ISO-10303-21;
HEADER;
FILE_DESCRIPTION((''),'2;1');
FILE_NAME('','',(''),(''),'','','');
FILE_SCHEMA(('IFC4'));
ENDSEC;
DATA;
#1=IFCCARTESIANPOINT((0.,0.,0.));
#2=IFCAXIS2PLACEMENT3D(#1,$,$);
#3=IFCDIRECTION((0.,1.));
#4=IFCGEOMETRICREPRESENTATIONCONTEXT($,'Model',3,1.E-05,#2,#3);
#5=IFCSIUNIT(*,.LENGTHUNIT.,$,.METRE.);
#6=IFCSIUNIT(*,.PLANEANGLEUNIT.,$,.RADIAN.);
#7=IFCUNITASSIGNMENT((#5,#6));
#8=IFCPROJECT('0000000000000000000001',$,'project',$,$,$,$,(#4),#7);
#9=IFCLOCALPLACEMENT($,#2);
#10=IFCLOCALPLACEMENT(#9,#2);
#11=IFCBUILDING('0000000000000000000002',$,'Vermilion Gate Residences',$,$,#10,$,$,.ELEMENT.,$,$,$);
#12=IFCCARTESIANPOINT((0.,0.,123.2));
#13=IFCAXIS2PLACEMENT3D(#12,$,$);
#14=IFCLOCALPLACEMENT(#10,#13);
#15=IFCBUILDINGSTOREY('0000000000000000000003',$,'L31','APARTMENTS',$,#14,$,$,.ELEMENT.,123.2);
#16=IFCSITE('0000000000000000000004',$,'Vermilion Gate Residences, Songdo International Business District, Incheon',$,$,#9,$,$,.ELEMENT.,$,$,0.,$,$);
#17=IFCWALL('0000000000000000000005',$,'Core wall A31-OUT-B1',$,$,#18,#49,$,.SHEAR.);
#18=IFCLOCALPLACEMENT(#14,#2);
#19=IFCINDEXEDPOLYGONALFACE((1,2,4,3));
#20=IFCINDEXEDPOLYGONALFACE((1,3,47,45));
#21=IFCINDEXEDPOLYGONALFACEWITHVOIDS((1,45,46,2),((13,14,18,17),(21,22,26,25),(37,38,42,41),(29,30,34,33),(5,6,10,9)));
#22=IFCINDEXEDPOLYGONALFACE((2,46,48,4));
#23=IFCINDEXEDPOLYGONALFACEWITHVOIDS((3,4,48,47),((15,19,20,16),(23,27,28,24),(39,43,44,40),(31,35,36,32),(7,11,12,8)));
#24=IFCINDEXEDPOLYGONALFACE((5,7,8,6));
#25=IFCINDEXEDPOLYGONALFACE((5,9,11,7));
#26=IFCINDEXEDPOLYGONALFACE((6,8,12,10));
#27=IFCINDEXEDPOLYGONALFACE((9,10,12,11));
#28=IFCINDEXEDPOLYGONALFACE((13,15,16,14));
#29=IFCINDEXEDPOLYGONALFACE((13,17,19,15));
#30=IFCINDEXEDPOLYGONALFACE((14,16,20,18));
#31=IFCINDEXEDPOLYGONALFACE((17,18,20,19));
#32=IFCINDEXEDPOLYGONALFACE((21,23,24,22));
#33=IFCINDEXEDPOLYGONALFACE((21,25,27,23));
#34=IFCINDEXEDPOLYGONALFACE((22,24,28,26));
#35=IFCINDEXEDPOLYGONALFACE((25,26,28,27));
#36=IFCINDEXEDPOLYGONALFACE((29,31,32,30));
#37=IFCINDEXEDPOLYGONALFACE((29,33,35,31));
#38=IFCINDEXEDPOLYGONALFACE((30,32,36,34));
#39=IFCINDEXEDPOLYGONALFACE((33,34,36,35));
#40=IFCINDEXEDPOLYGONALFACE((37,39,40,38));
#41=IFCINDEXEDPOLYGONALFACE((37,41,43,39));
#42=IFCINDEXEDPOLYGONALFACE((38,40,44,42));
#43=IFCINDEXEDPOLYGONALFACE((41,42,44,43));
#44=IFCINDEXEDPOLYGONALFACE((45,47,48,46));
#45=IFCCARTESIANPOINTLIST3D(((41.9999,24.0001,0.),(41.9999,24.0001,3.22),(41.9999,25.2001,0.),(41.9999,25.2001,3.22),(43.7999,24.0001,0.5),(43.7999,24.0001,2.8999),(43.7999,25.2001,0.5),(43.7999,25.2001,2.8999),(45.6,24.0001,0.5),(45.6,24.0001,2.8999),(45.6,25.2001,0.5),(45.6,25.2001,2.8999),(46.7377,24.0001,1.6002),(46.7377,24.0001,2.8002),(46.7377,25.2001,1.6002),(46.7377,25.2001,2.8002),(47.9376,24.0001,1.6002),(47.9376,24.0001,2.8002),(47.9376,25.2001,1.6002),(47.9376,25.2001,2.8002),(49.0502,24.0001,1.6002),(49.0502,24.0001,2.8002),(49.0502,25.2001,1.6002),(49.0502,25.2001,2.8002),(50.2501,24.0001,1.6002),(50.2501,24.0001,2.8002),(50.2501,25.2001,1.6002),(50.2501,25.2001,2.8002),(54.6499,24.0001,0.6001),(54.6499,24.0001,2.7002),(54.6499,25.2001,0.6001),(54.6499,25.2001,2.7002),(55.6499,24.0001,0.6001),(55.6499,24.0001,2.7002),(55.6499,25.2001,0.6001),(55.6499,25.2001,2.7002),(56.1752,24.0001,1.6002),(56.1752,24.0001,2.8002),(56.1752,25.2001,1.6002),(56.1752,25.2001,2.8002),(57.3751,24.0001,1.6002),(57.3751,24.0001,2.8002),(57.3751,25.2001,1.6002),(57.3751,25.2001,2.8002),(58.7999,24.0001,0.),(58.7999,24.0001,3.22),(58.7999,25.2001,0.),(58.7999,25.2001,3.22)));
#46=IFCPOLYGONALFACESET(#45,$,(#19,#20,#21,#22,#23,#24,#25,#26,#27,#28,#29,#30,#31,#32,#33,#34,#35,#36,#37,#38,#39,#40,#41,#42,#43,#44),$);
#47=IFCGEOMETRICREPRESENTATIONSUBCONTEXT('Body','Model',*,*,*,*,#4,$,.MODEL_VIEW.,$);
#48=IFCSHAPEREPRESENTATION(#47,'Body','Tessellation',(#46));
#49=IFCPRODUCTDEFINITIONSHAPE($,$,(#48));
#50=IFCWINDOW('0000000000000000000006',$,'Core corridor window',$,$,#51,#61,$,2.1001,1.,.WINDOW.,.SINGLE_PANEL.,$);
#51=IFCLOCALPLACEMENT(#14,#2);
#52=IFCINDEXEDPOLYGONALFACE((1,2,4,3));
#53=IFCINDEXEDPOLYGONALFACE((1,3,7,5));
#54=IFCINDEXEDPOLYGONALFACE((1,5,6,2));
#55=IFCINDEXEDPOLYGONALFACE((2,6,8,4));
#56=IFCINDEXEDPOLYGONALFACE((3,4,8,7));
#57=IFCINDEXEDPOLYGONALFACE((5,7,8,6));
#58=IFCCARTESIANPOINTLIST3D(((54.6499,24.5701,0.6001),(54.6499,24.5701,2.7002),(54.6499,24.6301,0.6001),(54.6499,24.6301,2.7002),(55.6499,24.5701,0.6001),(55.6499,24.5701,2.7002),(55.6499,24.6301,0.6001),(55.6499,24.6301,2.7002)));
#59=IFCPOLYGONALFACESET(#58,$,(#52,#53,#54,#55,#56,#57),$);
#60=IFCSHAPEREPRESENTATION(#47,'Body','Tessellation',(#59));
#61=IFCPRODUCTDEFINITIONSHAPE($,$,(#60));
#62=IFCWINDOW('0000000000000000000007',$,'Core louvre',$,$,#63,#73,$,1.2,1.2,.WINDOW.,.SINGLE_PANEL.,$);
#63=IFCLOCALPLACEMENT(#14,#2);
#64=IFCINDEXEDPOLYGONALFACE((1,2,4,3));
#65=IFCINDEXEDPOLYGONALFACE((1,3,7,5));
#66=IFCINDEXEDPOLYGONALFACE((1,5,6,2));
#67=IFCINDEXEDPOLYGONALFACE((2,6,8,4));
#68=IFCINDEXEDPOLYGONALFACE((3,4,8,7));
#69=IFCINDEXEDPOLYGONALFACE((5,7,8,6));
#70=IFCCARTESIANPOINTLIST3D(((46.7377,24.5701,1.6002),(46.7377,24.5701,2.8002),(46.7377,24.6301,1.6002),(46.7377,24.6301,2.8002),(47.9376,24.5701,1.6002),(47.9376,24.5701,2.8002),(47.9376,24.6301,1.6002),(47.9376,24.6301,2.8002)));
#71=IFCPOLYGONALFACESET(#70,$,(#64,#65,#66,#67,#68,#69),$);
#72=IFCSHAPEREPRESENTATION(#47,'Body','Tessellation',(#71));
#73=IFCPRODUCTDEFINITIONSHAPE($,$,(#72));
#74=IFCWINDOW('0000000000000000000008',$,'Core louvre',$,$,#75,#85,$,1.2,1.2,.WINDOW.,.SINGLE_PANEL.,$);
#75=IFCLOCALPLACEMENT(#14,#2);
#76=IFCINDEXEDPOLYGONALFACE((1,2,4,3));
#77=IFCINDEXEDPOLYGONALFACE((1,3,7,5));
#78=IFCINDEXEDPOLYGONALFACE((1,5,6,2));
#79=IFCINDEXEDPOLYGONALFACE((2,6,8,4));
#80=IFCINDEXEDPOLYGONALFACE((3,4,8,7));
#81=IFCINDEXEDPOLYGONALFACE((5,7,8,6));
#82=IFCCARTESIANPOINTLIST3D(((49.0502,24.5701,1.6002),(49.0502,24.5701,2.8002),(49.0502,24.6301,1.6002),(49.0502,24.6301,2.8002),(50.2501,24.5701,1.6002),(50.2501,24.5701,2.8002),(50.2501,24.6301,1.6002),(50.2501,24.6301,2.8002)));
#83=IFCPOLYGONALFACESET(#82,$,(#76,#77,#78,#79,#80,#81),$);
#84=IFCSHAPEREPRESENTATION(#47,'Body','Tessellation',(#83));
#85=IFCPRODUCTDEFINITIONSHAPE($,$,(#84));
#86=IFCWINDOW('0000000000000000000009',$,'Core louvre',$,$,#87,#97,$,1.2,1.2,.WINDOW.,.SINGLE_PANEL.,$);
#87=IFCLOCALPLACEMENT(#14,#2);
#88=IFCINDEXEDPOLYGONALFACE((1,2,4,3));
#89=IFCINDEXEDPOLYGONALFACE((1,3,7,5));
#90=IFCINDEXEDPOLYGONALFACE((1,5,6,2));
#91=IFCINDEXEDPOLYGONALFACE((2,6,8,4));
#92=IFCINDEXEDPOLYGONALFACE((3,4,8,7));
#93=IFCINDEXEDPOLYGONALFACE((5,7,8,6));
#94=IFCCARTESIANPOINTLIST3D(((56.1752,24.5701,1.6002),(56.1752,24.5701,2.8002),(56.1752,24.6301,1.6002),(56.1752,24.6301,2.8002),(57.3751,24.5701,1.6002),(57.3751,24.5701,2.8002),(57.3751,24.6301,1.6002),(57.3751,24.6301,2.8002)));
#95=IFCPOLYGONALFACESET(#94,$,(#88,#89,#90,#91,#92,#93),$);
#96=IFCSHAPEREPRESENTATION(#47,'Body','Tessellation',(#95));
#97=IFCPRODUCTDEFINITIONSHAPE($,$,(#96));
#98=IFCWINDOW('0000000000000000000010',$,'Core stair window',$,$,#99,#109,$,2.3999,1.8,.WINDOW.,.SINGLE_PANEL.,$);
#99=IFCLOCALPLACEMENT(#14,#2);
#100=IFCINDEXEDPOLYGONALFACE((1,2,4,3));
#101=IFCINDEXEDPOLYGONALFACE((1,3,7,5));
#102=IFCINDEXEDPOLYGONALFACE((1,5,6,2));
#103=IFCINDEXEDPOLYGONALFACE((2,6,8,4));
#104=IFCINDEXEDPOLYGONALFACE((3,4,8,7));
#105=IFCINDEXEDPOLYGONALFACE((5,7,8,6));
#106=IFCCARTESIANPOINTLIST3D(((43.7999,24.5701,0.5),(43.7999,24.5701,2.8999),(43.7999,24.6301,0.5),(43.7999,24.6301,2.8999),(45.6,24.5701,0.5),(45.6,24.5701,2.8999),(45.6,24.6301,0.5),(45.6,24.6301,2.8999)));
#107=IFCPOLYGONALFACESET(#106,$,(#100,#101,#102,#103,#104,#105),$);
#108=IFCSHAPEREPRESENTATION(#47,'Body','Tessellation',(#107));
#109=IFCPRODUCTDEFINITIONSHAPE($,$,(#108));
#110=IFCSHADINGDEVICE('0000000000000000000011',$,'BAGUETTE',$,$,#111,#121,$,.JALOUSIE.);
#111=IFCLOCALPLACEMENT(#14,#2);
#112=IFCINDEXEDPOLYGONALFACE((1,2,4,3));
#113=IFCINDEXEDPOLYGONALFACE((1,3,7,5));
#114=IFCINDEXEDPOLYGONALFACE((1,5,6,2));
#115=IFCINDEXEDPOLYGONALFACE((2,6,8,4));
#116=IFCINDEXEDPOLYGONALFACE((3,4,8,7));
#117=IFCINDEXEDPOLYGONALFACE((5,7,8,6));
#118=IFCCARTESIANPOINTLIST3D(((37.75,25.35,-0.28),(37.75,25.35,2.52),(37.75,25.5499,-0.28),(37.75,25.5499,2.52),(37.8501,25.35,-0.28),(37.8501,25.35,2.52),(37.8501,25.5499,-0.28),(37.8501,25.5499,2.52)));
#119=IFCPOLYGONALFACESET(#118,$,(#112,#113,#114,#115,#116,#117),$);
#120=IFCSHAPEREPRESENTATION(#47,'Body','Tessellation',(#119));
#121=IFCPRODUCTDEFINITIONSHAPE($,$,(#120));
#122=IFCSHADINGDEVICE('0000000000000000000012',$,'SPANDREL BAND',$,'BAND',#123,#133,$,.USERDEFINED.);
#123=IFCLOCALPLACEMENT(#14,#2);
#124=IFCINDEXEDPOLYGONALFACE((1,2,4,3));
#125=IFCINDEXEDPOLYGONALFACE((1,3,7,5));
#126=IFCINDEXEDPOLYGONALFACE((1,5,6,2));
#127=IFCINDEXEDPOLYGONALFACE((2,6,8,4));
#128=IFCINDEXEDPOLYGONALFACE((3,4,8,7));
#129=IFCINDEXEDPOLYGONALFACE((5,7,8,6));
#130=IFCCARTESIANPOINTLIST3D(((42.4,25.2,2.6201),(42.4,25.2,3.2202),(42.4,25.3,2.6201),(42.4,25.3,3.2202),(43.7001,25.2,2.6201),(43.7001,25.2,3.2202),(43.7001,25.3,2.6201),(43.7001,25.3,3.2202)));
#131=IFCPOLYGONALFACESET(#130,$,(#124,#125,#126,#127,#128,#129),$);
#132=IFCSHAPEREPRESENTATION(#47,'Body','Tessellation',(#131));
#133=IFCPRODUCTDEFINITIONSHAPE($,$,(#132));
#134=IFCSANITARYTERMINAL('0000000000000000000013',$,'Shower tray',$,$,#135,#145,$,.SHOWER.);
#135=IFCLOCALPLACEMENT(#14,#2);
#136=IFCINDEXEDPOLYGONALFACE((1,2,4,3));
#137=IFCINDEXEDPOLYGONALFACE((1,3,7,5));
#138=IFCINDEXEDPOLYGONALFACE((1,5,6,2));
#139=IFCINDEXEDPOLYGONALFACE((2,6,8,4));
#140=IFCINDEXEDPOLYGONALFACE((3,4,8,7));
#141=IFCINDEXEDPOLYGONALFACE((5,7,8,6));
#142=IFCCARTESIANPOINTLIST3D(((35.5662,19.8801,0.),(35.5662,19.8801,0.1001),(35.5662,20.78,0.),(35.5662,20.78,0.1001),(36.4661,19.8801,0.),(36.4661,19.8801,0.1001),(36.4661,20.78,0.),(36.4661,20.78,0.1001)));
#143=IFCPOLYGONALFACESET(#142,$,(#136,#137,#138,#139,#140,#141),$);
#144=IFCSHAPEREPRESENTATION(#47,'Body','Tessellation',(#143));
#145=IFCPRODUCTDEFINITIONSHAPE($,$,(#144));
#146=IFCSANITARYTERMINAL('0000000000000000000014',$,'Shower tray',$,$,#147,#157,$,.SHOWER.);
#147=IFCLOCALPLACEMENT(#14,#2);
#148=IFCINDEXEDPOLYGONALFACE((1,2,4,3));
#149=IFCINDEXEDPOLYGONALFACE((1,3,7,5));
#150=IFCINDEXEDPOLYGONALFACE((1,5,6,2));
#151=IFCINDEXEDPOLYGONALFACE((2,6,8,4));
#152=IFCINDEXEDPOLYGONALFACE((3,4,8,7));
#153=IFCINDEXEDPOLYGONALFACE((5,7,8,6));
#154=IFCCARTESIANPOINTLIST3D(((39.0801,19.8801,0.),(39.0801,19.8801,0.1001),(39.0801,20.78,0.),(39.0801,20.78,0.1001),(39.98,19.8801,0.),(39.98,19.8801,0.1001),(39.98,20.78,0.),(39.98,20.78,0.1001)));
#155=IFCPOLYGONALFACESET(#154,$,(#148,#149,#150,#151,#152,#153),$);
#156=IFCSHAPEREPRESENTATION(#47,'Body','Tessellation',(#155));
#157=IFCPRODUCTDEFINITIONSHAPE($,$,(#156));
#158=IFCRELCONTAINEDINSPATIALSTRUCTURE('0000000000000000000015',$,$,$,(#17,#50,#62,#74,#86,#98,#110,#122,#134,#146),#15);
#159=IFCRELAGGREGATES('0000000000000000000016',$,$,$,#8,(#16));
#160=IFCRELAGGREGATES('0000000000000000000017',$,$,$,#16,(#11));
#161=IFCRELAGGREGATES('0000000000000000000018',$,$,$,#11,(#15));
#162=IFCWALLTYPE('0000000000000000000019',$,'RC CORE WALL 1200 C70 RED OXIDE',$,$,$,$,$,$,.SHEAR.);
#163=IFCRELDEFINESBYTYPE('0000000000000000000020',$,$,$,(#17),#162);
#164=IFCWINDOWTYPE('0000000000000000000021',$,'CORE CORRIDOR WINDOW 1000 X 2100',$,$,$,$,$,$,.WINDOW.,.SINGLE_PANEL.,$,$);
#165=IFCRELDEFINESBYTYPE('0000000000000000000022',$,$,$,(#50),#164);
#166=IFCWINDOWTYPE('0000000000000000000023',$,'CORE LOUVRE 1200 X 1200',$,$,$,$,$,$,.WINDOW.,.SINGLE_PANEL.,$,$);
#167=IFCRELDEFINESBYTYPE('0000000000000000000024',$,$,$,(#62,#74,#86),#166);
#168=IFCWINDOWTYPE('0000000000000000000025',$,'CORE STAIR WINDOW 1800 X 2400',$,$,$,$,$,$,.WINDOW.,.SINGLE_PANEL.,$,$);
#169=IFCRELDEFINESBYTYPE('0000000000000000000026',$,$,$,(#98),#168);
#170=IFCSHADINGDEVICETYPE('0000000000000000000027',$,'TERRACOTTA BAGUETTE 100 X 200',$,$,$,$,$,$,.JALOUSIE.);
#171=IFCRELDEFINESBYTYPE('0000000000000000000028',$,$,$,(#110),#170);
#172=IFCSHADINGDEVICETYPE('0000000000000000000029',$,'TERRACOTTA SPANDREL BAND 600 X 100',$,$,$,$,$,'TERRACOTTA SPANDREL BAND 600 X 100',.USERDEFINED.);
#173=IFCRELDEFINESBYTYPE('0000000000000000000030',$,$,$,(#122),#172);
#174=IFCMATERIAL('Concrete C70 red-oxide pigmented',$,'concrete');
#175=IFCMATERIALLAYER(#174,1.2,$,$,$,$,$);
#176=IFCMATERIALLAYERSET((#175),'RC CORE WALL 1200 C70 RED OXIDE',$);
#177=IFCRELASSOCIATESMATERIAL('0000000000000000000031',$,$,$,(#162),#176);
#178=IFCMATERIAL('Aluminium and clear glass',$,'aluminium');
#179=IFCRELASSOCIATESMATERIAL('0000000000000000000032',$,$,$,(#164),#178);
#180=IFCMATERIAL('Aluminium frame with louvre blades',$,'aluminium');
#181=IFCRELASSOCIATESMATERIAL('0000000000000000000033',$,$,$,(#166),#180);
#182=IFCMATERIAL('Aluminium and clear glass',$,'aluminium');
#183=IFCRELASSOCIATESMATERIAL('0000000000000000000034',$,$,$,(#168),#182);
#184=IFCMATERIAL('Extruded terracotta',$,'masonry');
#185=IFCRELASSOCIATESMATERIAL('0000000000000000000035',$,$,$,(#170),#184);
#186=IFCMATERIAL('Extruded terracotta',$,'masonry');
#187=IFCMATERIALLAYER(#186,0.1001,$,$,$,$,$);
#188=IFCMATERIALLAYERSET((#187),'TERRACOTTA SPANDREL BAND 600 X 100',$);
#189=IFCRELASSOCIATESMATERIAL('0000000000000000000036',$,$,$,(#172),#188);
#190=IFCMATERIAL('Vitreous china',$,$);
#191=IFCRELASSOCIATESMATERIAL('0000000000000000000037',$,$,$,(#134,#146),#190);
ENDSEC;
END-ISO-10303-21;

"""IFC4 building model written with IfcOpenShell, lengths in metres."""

from ifc_helpers import new_model, si_unit, direction, frame, frame_2d, origin, origin_2d, place, context, subcontext, project, spatial, rectangle, extrude, material, layer, layer_set, material_profile, profile_set, type_object, element, fill, save


model = new_model("IFC4")

# Units and contexts
model_context = context("Model", 3, precision=1e-05, world=origin(), true_north=direction((0.0, 1.0)))
body_context = subcontext(model_context, "Body", "Model", "MODEL_VIEW")
ifc_project = project(units=[si_unit("LENGTHUNIT", "METRE"), si_unit("PLANEANGLEUNIT", "RADIAN")], contexts=[model_context])

# Site, building, storey
site_placement = place(None, origin())
site = spatial("IfcSite", under=ifc_project, at=site_placement, Name="Vermilion Gate Residences, Songdo International Business District, Incheon", CompositionType="ELEMENT", RefElevation=0.0)
building_placement = place(site_placement, origin())
building = spatial("IfcBuilding", under=site, at=building_placement, Name="Vermilion Gate Residences", CompositionType="ELEMENT")
storey_placement = place(building_placement, frame((0.0, 0.0, 123.2)))
storey = spatial("IfcBuildingStorey", under=building, at=storey_placement, Name="L31", Description="APARTMENTS", CompositionType="ELEMENT", Elevation=123.2)

# Wall, openings, windows
ifc_material_1 = material(Name="Concrete C70 red-oxide pigmented", Category="concrete")
ifc_layer_1 = layer(ifc_material_1, 1.2)
ifc_layer_set_1 = layer_set([ifc_layer_1], Name="RC CORE WALL 1200 C70 RED OXIDE")
wall_type_1 = type_object("IfcWallType", Name="RC CORE WALL 1200 C70 RED OXIDE", PredefinedType="SHEAR", material=ifc_layer_set_1)
wall_1_placement = place(storey_placement, frame((42.0, 24.6001, 0.0), z_axis=(0.0, 0.0, 1.0), x_axis=(1.0, 0.0, 0.0)))
wall_1 = element("IfcWall", 1, at=wall_1_placement, inside=storey, type_object=wall_type_1, Name="Core wall A31-OUT-B1", PredefinedType="SHEAR", context=body_context, shape_type="SweptSolid", body=[
    extrude(rectangle(XDim=16.8, YDim=1.2, at=frame_2d((8.3999, 0.0))), origin(), (0.0, 0.0, 1.0), 3.22),
])
opening_1_placement = place(wall_1_placement, frame((1.8, 0.0, 0.5)))
opening_1 = element("IfcOpeningElement", 2, at=opening_1_placement, cuts=wall_1, PredefinedType="OPENING", context=body_context, shape_type="SweptSolid", body=[
    extrude(rectangle(XDim=1.8, YDim=2.3999, at=frame_2d((0.8999, 1.2))), frame((0.0, 0.6099, 0.0), z_axis=(0.0, -1.0, 0.0), x_axis=(1.0, 0.0, 0.0)), (0.0, 0.0, 1.0), 1.22),
])
opening_2_placement = place(wall_1_placement, frame((4.7375, 0.0, 1.6001)))
opening_2 = element("IfcOpeningElement", 3, at=opening_2_placement, cuts=wall_1, PredefinedType="OPENING", context=body_context, shape_type="SweptSolid", body=[
    extrude(rectangle(XDim=1.2, YDim=1.2, at=frame_2d((0.6001, 0.6001))), frame((0.0, 0.6099, 0.0), z_axis=(0.0, -1.0, 0.0), x_axis=(1.0, 0.0, 0.0)), (0.0, 0.0, 1.0), 1.22),
])
opening_3_placement = place(wall_1_placement, frame((7.05, 0.0, 1.6001)))
opening_3 = element("IfcOpeningElement", 4, at=opening_3_placement, cuts=wall_1, PredefinedType="OPENING", context=body_context, shape_type="SweptSolid", body=[
    extrude(rectangle(XDim=1.2, YDim=1.2, at=frame_2d((0.6001, 0.6001))), frame((0.0, 0.6099, 0.0), z_axis=(0.0, -1.0, 0.0), x_axis=(1.0, 0.0, 0.0)), (0.0, 0.0, 1.0), 1.22),
])
opening_4_placement = place(wall_1_placement, frame((12.6499, 0.0, 0.6001)))
opening_4 = element("IfcOpeningElement", 5, at=opening_4_placement, cuts=wall_1, PredefinedType="OPENING", context=body_context, shape_type="SweptSolid", body=[
    extrude(rectangle(XDim=1.0, YDim=2.1001, at=frame_2d((0.5, 1.05))), frame((0.0, 0.6099, 0.0), z_axis=(0.0, -1.0, 0.0), x_axis=(1.0, 0.0, 0.0)), (0.0, 0.0, 1.0), 1.22),
])
opening_5_placement = place(wall_1_placement, frame((14.175, 0.0, 1.6001)))
opening_5 = element("IfcOpeningElement", 6, at=opening_5_placement, cuts=wall_1, PredefinedType="OPENING", context=body_context, shape_type="SweptSolid", body=[
    extrude(rectangle(XDim=1.2, YDim=1.2, at=frame_2d((0.6001, 0.6001))), frame((0.0, 0.6099, 0.0), z_axis=(0.0, -1.0, 0.0), x_axis=(1.0, 0.0, 0.0)), (0.0, 0.0, 1.0), 1.22),
])
ifc_material_2 = material(Name="Aluminium and clear glass", Category="aluminium")
window_type_1 = type_object("IfcWindowType", Name="CORE CORRIDOR WINDOW 1000 X 2100", PartitioningType="SINGLE_PANEL", PredefinedType="WINDOW", material=ifc_material_2)
window_1_placement = place(opening_4_placement, origin())
window_1 = element("IfcWindow", 7, at=window_1_placement, inside=storey, type_object=window_type_1, Name="Core corridor window", OverallHeight=2.1001, OverallWidth=1.0, PartitioningType="SINGLE_PANEL", PredefinedType="WINDOW", context=body_context, shape_type="SweptSolid", body=[
    extrude(rectangle(XDim=1.0, YDim=2.1001, at=frame_2d((0.5, 1.05))), frame((0.0, 0.03, 0.0), z_axis=(0.0, -1.0, 0.0), x_axis=(1.0, 0.0, 0.0)), (0.0, 0.0, 1.0), 0.0601),
])
fill(opening_4, window_1)
ifc_material_3 = material(Name="Aluminium frame with louvre blades", Category="aluminium")
window_type_2 = type_object("IfcWindowType", Name="CORE LOUVRE 1200 X 1200", PartitioningType="SINGLE_PANEL", PredefinedType="WINDOW", material=ifc_material_3)
window_2_placement = place(opening_2_placement, origin())
window_2 = element("IfcWindow", 8, at=window_2_placement, inside=storey, type_object=window_type_2, Name="Core louvre", OverallHeight=1.2, OverallWidth=1.2, PartitioningType="SINGLE_PANEL", PredefinedType="WINDOW", context=body_context, shape_type="SweptSolid", body=[
    extrude(rectangle(XDim=1.2, YDim=1.2, at=frame_2d((0.6001, 0.6001))), frame((0.0, 0.03, 0.0), z_axis=(0.0, -1.0, 0.0), x_axis=(1.0, 0.0, 0.0)), (0.0, 0.0, 1.0), 0.0601),
])
fill(opening_2, window_2)
window_3_placement = place(opening_3_placement, origin())
window_3 = element("IfcWindow", 9, at=window_3_placement, inside=storey, type_object=window_type_2, Name="Core louvre", OverallHeight=1.2, OverallWidth=1.2, PartitioningType="SINGLE_PANEL", PredefinedType="WINDOW", context=body_context, shape_type="SweptSolid", body=[
    extrude(rectangle(XDim=1.2, YDim=1.2, at=frame_2d((0.6001, 0.6001))), frame((0.0, 0.03, 0.0), z_axis=(0.0, -1.0, 0.0), x_axis=(1.0, 0.0, 0.0)), (0.0, 0.0, 1.0), 0.0601),
])
fill(opening_3, window_3)
window_4_placement = place(opening_5_placement, origin())
window_4 = element("IfcWindow", 10, at=window_4_placement, inside=storey, type_object=window_type_2, Name="Core louvre", OverallHeight=1.2, OverallWidth=1.2, PartitioningType="SINGLE_PANEL", PredefinedType="WINDOW", context=body_context, shape_type="SweptSolid", body=[
    extrude(rectangle(XDim=1.2, YDim=1.2, at=frame_2d((0.6001, 0.6001))), frame((0.0, 0.03, 0.0), z_axis=(0.0, -1.0, 0.0), x_axis=(1.0, 0.0, 0.0)), (0.0, 0.0, 1.0), 0.0601),
])
fill(opening_5, window_4)
ifc_material_4 = material(Name="Aluminium and clear glass", Category="aluminium")
window_type_3 = type_object("IfcWindowType", Name="CORE STAIR WINDOW 1800 X 2400", PartitioningType="SINGLE_PANEL", PredefinedType="WINDOW", material=ifc_material_4)
window_5_placement = place(opening_1_placement, origin())
window_5 = element("IfcWindow", 11, at=window_5_placement, inside=storey, type_object=window_type_3, Name="Core stair window", OverallHeight=2.3999, OverallWidth=1.8, PartitioningType="SINGLE_PANEL", PredefinedType="WINDOW", context=body_context, shape_type="SweptSolid", body=[
    extrude(rectangle(XDim=1.8, YDim=2.3999, at=frame_2d((0.8999, 1.2))), frame((0.0, 0.03, 0.0), z_axis=(0.0, -1.0, 0.0), x_axis=(1.0, 0.0, 0.0)), (0.0, 0.0, 1.0), 0.0601),
])
fill(opening_1, window_5)

# Shading devices
ifc_material_5 = material(Name="Extruded terracotta", Category="masonry")
ifc_material_profile_1 = material_profile(ifc_material_5, rectangle(XDim=0.2, YDim=0.1001, at=origin_2d()), Name="BAGUETTE 100 X 200")
ifc_profile_set_1 = profile_set([ifc_material_profile_1], Name="Extruded terracotta")
shading_device_type_1 = type_object("IfcShadingDeviceType", Name="TERRACOTTA BAGUETTE 100 X 200", PredefinedType="JALOUSIE", material=ifc_profile_set_1)
shading_device_1_placement = place(storey_placement, frame((37.8, 25.45, -0.28), z_axis=(0.0, 0.0, 1.0), x_axis=(0.0, -1.0, 0.0)))
element("IfcShadingDevice", 12, at=shading_device_1_placement, inside=storey, type_object=shading_device_type_1, Name="BAGUETTE", PredefinedType="JALOUSIE", context=body_context, shape_type="SweptSolid", body=[
    extrude(rectangle(XDim=0.2, YDim=0.1001, at=origin_2d()), origin(), (0.0, 0.0, 1.0), 2.8),
])
ifc_material_6 = material(Name="Extruded terracotta", Category="masonry")
ifc_layer_2 = layer(ifc_material_6, 0.1001)
ifc_layer_set_2 = layer_set([ifc_layer_2], Name="TERRACOTTA SPANDREL BAND 600 X 100")
shading_device_type_2 = type_object("IfcShadingDeviceType", Name="TERRACOTTA SPANDREL BAND 600 X 100", ElementType="TERRACOTTA SPANDREL BAND 600 X 100", PredefinedType="USERDEFINED", material=ifc_layer_set_2)
shading_device_2_placement = place(storey_placement, frame((43.05, 25.25, 2.6201), z_axis=(0.0, 0.0, 1.0), x_axis=(1.0, 0.0, 0.0)))
element("IfcShadingDevice", 13, at=shading_device_2_placement, inside=storey, type_object=shading_device_type_2, Name="SPANDREL BAND", ObjectType="BAND", PredefinedType="USERDEFINED", context=body_context, shape_type="SweptSolid", body=[
    extrude(rectangle(XDim=1.3, YDim=0.1001, at=origin_2d()), origin(), (0.0, 0.0, 1.0), 0.6001),
])

# Sanitary terminals
ifc_material_7 = material(Name="Vitreous china")
for number, where, z_axis, x_axis, name in (
    (14, (36.0161, 20.3301, 0.0), (0.0, 0.0, 1.0), (1.0, 0.0, 0.0), "Shower tray"),
    (15, (39.53, 20.3301, 0.0), (0.0, 0.0, 1.0), (1.0, 0.0, 0.0), "Shower tray"),
):
    element("IfcSanitaryTerminal", number, at=place(storey_placement, frame(where, z_axis=z_axis, x_axis=x_axis)), inside=storey, material=ifc_material_7, Name=name, PredefinedType="SHOWER", context=body_context, shape_type="SweptSolid", body=[
        extrude(rectangle(XDim=0.8999, YDim=0.8999, at=origin_2d()), origin(), (0.0, 0.0, 1.0), 0.1001),
    ])

save(model, "model.ifc")
